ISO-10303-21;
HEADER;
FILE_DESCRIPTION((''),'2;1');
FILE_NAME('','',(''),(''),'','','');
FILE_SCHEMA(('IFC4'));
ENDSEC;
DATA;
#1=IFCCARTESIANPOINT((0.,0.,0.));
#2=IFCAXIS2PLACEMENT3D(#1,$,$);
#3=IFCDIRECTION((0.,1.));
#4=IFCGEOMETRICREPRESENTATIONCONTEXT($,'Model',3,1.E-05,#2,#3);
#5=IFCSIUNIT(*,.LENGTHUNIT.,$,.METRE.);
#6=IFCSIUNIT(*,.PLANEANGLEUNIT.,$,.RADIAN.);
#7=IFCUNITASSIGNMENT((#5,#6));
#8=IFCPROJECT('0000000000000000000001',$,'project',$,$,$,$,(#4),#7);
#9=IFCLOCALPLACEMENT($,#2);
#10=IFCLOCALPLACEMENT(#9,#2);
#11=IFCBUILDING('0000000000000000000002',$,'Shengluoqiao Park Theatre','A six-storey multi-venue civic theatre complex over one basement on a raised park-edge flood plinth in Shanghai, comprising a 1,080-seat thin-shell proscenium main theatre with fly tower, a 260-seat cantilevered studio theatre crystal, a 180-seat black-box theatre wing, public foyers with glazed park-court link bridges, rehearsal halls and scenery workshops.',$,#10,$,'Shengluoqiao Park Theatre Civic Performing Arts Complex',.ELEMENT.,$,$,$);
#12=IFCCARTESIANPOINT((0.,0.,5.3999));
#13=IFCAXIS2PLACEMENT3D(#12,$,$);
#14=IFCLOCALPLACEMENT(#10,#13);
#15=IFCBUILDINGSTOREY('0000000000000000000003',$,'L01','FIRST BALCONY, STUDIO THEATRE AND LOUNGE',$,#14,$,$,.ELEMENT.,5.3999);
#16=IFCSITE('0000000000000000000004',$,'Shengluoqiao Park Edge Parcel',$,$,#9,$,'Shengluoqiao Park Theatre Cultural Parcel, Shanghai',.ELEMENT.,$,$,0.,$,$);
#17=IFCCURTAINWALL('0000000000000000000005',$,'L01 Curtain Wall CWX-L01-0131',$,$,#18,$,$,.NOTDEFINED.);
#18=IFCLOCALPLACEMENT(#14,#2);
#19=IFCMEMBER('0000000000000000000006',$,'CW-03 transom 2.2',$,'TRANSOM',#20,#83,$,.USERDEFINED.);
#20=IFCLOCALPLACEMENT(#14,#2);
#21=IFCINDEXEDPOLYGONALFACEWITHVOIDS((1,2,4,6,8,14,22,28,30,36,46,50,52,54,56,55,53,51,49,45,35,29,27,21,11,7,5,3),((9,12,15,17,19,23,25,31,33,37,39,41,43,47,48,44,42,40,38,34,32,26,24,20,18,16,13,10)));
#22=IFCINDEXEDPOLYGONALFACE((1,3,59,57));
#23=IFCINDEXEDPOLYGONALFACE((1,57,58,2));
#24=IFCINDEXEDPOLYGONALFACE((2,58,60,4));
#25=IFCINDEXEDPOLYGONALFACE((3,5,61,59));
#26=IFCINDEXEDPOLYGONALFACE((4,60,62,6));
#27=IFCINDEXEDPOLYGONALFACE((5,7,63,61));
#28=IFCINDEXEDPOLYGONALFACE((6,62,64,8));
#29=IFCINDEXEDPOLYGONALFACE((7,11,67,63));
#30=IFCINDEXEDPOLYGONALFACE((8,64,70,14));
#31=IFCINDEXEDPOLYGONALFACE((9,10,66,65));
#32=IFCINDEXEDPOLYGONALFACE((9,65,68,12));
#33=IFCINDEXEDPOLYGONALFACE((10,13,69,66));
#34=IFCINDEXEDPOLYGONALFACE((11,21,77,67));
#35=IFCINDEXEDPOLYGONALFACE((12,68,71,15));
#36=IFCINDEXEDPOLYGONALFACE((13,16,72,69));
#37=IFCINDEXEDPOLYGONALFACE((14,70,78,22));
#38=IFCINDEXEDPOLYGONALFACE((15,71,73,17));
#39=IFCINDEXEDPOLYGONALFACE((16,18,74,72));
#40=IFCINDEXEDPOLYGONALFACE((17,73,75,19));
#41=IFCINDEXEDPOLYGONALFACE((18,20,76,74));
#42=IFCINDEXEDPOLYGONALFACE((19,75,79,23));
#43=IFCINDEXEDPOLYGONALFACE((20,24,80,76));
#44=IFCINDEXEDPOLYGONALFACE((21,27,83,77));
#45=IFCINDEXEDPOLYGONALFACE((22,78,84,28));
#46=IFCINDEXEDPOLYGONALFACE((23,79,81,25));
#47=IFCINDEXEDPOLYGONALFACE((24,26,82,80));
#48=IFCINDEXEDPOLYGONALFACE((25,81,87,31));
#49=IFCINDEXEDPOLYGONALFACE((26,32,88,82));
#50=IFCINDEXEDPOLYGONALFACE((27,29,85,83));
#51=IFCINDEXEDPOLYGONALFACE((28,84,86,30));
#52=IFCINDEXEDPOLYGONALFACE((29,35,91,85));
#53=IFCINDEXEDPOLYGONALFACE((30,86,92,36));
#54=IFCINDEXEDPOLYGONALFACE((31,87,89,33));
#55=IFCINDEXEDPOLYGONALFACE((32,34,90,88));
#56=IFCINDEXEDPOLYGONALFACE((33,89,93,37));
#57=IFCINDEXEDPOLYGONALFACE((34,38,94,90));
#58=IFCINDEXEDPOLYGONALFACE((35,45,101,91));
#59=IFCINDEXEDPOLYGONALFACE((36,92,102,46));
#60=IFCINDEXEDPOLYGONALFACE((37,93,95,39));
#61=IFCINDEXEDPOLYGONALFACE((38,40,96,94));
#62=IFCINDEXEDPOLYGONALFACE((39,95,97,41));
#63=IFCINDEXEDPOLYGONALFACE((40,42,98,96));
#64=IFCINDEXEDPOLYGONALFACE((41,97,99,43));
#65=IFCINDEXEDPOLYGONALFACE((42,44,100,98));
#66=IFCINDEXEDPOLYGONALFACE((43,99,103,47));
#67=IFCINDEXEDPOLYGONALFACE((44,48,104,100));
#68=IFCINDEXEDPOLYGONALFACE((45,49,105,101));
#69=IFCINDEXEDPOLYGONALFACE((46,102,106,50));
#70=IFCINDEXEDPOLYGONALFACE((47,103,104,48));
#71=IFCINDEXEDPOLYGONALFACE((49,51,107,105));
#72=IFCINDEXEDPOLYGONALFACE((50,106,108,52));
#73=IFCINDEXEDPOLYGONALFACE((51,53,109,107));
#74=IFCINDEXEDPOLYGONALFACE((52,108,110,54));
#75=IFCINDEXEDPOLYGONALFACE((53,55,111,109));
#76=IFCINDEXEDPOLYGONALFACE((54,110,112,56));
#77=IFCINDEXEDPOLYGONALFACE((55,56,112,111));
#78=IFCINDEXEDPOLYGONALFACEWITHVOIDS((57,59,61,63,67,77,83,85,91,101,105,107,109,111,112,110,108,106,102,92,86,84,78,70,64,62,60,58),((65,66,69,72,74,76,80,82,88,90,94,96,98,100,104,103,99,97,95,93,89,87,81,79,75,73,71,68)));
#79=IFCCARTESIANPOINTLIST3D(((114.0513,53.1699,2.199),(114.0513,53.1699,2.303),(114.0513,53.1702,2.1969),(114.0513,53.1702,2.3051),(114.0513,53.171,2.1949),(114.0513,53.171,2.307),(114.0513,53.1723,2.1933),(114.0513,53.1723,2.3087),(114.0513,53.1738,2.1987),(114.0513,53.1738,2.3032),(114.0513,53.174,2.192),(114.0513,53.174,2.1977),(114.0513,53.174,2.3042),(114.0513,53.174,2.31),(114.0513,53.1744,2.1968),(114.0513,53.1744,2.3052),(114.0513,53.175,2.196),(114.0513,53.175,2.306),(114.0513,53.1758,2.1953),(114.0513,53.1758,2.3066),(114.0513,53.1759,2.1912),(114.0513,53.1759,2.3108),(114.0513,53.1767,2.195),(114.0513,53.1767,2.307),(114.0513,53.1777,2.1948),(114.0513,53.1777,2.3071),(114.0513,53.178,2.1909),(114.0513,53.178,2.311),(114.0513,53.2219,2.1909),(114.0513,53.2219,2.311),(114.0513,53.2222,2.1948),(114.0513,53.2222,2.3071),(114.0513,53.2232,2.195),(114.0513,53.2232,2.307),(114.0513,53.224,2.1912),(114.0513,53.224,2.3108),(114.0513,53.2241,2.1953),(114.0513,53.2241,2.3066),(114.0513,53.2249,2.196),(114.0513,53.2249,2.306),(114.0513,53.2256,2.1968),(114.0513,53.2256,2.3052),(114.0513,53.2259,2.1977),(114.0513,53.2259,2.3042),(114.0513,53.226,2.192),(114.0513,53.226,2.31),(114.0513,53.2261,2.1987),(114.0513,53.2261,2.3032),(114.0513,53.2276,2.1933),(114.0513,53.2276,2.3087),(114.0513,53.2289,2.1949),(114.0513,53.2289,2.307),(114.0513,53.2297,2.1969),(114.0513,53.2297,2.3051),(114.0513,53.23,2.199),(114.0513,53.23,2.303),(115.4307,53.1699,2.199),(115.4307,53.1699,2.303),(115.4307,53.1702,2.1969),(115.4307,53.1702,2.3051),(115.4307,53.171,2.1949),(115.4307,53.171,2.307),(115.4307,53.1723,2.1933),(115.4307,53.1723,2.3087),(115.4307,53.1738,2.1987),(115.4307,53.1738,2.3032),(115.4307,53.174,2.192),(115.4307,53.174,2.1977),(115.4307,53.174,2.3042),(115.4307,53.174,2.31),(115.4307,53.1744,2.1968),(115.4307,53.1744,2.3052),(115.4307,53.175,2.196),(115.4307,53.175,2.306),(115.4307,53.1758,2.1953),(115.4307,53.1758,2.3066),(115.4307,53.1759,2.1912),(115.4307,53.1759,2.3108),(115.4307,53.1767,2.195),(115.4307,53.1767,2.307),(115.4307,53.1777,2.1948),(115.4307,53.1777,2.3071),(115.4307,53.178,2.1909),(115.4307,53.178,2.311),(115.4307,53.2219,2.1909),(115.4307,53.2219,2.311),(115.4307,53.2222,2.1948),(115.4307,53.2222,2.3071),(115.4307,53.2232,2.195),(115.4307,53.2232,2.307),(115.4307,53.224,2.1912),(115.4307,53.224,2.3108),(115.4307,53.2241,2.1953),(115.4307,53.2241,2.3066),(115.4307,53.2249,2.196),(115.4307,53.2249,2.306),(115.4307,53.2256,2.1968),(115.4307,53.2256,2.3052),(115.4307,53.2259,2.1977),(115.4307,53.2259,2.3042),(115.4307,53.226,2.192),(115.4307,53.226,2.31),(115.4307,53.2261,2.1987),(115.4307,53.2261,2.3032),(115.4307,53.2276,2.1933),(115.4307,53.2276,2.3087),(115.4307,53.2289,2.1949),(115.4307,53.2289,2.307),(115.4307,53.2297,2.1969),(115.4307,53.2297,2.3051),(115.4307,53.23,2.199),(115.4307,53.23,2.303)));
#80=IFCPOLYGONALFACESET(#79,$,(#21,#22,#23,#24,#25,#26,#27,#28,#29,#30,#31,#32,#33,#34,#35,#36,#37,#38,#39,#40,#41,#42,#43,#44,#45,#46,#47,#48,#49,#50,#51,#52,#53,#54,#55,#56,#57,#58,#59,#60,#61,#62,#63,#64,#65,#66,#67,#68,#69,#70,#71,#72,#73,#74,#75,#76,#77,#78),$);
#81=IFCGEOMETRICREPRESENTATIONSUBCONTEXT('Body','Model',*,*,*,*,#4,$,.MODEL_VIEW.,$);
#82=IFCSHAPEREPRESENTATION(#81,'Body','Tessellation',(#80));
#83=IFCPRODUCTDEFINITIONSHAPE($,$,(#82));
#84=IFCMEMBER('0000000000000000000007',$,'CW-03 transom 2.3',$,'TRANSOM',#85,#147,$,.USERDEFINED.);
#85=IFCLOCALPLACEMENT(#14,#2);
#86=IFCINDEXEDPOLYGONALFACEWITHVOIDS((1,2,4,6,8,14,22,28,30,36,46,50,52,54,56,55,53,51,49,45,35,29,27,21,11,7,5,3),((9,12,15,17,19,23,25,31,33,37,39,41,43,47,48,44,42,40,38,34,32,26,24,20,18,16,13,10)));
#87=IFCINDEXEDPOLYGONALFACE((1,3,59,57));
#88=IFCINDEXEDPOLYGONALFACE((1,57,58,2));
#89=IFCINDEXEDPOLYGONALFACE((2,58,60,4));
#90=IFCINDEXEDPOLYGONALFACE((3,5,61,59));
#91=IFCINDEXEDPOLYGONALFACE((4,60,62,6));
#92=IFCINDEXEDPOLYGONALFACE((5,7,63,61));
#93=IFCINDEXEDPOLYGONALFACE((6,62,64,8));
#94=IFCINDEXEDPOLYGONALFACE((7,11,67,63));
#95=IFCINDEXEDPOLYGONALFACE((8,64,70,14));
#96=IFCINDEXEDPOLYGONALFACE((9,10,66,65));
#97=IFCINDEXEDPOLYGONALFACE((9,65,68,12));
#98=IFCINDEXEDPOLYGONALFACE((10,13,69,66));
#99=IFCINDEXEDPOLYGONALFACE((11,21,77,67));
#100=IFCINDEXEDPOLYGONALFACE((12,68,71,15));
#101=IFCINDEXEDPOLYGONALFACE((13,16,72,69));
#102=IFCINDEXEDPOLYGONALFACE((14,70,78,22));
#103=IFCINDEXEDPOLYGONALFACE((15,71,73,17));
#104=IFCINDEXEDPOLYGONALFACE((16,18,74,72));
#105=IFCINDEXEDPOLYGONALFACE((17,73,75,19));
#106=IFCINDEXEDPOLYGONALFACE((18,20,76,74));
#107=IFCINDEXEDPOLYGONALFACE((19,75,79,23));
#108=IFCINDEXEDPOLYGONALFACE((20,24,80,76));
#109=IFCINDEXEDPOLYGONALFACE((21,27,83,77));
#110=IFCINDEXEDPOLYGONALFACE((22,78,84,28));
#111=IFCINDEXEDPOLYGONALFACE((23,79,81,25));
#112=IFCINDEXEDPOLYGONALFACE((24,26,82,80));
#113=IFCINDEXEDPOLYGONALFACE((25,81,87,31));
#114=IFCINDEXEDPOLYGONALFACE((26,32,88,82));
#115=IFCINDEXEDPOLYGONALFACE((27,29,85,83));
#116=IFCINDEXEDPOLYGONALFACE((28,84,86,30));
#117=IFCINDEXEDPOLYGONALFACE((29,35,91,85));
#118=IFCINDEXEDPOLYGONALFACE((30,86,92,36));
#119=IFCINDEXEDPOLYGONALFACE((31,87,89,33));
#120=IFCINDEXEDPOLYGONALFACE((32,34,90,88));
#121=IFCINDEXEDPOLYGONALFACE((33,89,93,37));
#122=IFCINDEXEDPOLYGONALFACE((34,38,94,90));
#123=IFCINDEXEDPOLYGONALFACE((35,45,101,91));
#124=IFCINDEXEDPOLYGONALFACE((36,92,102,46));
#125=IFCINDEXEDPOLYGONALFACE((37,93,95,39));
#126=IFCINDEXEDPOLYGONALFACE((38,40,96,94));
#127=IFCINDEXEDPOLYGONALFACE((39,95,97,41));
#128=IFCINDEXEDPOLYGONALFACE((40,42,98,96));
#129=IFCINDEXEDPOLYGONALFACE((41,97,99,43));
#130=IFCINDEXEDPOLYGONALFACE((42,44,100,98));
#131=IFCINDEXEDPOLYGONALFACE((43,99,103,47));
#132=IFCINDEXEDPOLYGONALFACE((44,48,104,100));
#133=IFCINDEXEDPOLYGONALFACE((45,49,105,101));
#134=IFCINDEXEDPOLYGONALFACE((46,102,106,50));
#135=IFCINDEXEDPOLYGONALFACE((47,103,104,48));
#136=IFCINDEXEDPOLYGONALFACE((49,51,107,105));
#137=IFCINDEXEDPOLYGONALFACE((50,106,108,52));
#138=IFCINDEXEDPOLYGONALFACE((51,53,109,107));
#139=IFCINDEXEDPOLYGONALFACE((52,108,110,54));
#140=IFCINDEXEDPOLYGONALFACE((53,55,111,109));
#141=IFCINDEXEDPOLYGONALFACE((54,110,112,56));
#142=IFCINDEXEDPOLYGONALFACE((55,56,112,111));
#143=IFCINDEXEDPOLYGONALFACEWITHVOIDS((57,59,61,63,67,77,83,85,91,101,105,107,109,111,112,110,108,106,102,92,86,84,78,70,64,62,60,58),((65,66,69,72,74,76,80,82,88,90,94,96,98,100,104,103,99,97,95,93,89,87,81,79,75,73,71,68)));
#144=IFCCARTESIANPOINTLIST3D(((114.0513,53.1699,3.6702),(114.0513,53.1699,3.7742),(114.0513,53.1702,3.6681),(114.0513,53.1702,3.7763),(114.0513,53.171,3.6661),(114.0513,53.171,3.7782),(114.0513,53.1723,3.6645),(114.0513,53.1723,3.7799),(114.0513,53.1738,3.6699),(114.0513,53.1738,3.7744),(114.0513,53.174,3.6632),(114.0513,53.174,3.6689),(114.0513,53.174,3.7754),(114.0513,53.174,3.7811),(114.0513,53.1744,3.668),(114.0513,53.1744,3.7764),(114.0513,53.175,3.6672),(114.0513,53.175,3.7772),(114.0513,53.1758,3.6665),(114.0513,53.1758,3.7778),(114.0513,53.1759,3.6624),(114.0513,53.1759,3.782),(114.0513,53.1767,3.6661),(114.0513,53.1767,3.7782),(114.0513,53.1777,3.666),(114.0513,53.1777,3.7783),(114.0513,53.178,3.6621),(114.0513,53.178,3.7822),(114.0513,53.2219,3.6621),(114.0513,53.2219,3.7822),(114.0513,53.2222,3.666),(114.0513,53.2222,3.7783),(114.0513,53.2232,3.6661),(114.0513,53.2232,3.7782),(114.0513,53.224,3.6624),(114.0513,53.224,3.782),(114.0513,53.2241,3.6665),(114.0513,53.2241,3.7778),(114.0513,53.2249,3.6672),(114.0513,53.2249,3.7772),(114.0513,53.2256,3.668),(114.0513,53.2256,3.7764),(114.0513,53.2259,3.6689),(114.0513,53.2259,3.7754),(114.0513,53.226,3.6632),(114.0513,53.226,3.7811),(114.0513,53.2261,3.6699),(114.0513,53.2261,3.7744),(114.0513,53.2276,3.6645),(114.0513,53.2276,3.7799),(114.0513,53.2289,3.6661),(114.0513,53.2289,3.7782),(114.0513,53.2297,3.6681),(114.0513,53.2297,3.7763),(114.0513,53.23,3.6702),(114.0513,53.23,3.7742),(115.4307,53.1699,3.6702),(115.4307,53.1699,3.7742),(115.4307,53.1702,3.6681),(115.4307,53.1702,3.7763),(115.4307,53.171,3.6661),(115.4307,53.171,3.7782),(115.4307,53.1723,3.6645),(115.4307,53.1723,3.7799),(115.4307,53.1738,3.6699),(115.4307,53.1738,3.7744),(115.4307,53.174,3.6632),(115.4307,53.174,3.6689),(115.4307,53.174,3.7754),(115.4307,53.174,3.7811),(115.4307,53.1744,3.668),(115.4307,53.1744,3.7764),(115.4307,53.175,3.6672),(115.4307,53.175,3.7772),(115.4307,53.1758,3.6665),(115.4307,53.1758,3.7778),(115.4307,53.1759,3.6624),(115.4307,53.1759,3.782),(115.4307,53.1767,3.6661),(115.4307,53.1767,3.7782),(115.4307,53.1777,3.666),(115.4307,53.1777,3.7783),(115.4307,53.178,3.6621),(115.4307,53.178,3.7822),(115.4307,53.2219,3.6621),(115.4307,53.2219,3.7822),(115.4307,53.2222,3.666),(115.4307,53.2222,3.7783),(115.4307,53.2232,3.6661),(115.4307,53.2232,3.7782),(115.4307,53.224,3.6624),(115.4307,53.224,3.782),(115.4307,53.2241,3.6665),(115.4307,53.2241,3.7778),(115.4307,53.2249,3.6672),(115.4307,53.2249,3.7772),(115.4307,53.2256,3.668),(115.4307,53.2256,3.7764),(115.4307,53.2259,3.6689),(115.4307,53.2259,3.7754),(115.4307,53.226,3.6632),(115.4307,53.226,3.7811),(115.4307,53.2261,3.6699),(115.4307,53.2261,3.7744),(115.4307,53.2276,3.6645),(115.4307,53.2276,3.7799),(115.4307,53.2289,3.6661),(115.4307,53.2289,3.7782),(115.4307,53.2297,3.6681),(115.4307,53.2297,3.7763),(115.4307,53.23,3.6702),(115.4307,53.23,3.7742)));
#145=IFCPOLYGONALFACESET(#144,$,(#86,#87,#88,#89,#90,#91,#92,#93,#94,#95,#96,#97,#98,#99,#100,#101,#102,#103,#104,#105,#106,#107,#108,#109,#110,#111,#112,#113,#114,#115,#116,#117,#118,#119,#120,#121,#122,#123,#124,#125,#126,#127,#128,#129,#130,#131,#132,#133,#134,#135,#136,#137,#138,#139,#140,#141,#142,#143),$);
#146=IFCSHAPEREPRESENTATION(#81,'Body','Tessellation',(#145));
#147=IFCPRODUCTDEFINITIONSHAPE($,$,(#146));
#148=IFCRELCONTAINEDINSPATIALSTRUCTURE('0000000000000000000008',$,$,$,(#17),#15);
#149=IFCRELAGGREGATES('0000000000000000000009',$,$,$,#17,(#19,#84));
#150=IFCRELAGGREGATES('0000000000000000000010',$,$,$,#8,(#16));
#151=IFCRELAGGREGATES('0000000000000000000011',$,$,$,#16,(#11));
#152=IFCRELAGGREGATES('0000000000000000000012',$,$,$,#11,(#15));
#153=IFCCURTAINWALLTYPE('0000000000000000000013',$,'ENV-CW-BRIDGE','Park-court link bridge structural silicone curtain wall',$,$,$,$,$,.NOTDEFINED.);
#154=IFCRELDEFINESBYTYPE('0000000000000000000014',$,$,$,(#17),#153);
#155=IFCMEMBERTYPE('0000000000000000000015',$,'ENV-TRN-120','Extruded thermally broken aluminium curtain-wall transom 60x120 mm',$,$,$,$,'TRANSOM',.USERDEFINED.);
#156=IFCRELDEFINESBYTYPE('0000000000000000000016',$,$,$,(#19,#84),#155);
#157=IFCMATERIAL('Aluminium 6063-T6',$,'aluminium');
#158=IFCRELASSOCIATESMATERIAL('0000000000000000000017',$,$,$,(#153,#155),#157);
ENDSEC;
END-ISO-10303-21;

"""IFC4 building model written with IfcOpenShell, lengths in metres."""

from ifc_helpers import new_model, si_unit, direction, frame, origin, origin_2d, place, context, subcontext, project, spatial, hollow_rectangle, extrude, material, material_profile, profile_set, type_object, element, aggregate, save


model = new_model("IFC4")

# Units and contexts
model_context = context("Model", 3, precision=1e-05, world=origin(), true_north=direction((0.0, 1.0)))
body_context = subcontext(model_context, "Body", "Model", "MODEL_VIEW")
ifc_project = project(units=[si_unit("LENGTHUNIT", "METRE"), si_unit("PLANEANGLEUNIT", "RADIAN")], contexts=[model_context])

# Site, building, storey
site_placement = place(None, origin())
site = spatial("IfcSite", under=ifc_project, at=site_placement, Name="Shengluoqiao Park Edge Parcel", LongName="Shengluoqiao Park Theatre Cultural Parcel, Shanghai", CompositionType="ELEMENT", RefElevation=0.0)
building_placement = place(site_placement, origin())
building = spatial("IfcBuilding", under=site, at=building_placement, Name="Shengluoqiao Park Theatre", Description="A six-storey multi-venue civic theatre complex over one basement on a raised park-edge flood plinth in Shanghai, comprising a 1,080-seat thin-shell proscenium main theatre with fly tower, a 260-seat cantilevered studio theatre crystal, a 180-seat black-box theatre wing, public foyers with glazed park-court link bridges, rehearsal halls and scenery workshops.", LongName="Shengluoqiao Park Theatre Civic Performing Arts Complex", CompositionType="ELEMENT")
storey_placement = place(building_placement, frame((0.0, 0.0, 5.3999)))
storey = spatial("IfcBuildingStorey", under=building, at=storey_placement, Name="L01", Description="FIRST BALCONY, STUDIO THEATRE AND LOUNGE", CompositionType="ELEMENT", Elevation=5.3999)

# Curtain wall
ifc_material_1 = material(Name="Aluminium 6063-T6", Category="aluminium")
curtain_wall_type = type_object("IfcCurtainWallType", Name="ENV-CW-BRIDGE", Description="Park-court link bridge structural silicone curtain wall", PredefinedType="NOTDEFINED", material=ifc_material_1)
curtain_wall_1_placement = place(storey_placement, origin())
curtain_wall_1 = element("IfcCurtainWall", 1, at=curtain_wall_1_placement, inside=storey, type_object=curtain_wall_type, Name="L01 Curtain Wall CWX-L01-0131", PredefinedType="NOTDEFINED")

# Members
ifc_material_profile_1 = material_profile(ifc_material_1, hollow_rectangle(XDim=0.0601, YDim=0.1201, WallThickness=0.0039, InnerFilletRadius=0.0039, OuterFilletRadius=0.0081, at=origin_2d()), Name="ALU TRANSOM 120x60x4")
ifc_profile_set_1 = profile_set([ifc_material_profile_1], Name="Aluminium 6063-T6")
member_type_1 = type_object("IfcMemberType", Name="ENV-TRN-120", Description="Extruded thermally broken aluminium curtain-wall transom 60x120 mm", ElementType="TRANSOM", PredefinedType="USERDEFINED", material=ifc_profile_set_1)
member_1_placement = place(storey_placement, frame((114.0513, 53.2, 2.251), z_axis=(1.0, 0.0, 0.0), x_axis=(0.0, 1.0, 0.0)))
member_1 = element("IfcMember", 2, at=member_1_placement, type_object=member_type_1, Name="CW-03 transom 2.2", ObjectType="TRANSOM", PredefinedType="USERDEFINED", context=body_context, shape_type="SweptSolid", body=[
    extrude(hollow_rectangle(XDim=0.0601, YDim=0.1201, WallThickness=0.0039, InnerFilletRadius=0.0039, OuterFilletRadius=0.0081, at=origin_2d()), origin(), (0.0, 0.0, 1.0), 1.3794),
])
member_2_placement = place(storey_placement, frame((114.0513, 53.2, 3.7222), z_axis=(1.0, 0.0, 0.0), x_axis=(0.0, 1.0, 0.0)))
member_2 = element("IfcMember", 3, at=member_2_placement, type_object=member_type_1, Name="CW-03 transom 2.3", ObjectType="TRANSOM", PredefinedType="USERDEFINED", context=body_context, shape_type="SweptSolid", body=[
    extrude(hollow_rectangle(XDim=0.0601, YDim=0.1201, WallThickness=0.0039, InnerFilletRadius=0.0039, OuterFilletRadius=0.0081, at=origin_2d()), origin(), (0.0, 0.0, 1.0), 1.3794),
])

aggregate(curtain_wall_1, [member_1, member_2])

save(model, "model.ifc")
